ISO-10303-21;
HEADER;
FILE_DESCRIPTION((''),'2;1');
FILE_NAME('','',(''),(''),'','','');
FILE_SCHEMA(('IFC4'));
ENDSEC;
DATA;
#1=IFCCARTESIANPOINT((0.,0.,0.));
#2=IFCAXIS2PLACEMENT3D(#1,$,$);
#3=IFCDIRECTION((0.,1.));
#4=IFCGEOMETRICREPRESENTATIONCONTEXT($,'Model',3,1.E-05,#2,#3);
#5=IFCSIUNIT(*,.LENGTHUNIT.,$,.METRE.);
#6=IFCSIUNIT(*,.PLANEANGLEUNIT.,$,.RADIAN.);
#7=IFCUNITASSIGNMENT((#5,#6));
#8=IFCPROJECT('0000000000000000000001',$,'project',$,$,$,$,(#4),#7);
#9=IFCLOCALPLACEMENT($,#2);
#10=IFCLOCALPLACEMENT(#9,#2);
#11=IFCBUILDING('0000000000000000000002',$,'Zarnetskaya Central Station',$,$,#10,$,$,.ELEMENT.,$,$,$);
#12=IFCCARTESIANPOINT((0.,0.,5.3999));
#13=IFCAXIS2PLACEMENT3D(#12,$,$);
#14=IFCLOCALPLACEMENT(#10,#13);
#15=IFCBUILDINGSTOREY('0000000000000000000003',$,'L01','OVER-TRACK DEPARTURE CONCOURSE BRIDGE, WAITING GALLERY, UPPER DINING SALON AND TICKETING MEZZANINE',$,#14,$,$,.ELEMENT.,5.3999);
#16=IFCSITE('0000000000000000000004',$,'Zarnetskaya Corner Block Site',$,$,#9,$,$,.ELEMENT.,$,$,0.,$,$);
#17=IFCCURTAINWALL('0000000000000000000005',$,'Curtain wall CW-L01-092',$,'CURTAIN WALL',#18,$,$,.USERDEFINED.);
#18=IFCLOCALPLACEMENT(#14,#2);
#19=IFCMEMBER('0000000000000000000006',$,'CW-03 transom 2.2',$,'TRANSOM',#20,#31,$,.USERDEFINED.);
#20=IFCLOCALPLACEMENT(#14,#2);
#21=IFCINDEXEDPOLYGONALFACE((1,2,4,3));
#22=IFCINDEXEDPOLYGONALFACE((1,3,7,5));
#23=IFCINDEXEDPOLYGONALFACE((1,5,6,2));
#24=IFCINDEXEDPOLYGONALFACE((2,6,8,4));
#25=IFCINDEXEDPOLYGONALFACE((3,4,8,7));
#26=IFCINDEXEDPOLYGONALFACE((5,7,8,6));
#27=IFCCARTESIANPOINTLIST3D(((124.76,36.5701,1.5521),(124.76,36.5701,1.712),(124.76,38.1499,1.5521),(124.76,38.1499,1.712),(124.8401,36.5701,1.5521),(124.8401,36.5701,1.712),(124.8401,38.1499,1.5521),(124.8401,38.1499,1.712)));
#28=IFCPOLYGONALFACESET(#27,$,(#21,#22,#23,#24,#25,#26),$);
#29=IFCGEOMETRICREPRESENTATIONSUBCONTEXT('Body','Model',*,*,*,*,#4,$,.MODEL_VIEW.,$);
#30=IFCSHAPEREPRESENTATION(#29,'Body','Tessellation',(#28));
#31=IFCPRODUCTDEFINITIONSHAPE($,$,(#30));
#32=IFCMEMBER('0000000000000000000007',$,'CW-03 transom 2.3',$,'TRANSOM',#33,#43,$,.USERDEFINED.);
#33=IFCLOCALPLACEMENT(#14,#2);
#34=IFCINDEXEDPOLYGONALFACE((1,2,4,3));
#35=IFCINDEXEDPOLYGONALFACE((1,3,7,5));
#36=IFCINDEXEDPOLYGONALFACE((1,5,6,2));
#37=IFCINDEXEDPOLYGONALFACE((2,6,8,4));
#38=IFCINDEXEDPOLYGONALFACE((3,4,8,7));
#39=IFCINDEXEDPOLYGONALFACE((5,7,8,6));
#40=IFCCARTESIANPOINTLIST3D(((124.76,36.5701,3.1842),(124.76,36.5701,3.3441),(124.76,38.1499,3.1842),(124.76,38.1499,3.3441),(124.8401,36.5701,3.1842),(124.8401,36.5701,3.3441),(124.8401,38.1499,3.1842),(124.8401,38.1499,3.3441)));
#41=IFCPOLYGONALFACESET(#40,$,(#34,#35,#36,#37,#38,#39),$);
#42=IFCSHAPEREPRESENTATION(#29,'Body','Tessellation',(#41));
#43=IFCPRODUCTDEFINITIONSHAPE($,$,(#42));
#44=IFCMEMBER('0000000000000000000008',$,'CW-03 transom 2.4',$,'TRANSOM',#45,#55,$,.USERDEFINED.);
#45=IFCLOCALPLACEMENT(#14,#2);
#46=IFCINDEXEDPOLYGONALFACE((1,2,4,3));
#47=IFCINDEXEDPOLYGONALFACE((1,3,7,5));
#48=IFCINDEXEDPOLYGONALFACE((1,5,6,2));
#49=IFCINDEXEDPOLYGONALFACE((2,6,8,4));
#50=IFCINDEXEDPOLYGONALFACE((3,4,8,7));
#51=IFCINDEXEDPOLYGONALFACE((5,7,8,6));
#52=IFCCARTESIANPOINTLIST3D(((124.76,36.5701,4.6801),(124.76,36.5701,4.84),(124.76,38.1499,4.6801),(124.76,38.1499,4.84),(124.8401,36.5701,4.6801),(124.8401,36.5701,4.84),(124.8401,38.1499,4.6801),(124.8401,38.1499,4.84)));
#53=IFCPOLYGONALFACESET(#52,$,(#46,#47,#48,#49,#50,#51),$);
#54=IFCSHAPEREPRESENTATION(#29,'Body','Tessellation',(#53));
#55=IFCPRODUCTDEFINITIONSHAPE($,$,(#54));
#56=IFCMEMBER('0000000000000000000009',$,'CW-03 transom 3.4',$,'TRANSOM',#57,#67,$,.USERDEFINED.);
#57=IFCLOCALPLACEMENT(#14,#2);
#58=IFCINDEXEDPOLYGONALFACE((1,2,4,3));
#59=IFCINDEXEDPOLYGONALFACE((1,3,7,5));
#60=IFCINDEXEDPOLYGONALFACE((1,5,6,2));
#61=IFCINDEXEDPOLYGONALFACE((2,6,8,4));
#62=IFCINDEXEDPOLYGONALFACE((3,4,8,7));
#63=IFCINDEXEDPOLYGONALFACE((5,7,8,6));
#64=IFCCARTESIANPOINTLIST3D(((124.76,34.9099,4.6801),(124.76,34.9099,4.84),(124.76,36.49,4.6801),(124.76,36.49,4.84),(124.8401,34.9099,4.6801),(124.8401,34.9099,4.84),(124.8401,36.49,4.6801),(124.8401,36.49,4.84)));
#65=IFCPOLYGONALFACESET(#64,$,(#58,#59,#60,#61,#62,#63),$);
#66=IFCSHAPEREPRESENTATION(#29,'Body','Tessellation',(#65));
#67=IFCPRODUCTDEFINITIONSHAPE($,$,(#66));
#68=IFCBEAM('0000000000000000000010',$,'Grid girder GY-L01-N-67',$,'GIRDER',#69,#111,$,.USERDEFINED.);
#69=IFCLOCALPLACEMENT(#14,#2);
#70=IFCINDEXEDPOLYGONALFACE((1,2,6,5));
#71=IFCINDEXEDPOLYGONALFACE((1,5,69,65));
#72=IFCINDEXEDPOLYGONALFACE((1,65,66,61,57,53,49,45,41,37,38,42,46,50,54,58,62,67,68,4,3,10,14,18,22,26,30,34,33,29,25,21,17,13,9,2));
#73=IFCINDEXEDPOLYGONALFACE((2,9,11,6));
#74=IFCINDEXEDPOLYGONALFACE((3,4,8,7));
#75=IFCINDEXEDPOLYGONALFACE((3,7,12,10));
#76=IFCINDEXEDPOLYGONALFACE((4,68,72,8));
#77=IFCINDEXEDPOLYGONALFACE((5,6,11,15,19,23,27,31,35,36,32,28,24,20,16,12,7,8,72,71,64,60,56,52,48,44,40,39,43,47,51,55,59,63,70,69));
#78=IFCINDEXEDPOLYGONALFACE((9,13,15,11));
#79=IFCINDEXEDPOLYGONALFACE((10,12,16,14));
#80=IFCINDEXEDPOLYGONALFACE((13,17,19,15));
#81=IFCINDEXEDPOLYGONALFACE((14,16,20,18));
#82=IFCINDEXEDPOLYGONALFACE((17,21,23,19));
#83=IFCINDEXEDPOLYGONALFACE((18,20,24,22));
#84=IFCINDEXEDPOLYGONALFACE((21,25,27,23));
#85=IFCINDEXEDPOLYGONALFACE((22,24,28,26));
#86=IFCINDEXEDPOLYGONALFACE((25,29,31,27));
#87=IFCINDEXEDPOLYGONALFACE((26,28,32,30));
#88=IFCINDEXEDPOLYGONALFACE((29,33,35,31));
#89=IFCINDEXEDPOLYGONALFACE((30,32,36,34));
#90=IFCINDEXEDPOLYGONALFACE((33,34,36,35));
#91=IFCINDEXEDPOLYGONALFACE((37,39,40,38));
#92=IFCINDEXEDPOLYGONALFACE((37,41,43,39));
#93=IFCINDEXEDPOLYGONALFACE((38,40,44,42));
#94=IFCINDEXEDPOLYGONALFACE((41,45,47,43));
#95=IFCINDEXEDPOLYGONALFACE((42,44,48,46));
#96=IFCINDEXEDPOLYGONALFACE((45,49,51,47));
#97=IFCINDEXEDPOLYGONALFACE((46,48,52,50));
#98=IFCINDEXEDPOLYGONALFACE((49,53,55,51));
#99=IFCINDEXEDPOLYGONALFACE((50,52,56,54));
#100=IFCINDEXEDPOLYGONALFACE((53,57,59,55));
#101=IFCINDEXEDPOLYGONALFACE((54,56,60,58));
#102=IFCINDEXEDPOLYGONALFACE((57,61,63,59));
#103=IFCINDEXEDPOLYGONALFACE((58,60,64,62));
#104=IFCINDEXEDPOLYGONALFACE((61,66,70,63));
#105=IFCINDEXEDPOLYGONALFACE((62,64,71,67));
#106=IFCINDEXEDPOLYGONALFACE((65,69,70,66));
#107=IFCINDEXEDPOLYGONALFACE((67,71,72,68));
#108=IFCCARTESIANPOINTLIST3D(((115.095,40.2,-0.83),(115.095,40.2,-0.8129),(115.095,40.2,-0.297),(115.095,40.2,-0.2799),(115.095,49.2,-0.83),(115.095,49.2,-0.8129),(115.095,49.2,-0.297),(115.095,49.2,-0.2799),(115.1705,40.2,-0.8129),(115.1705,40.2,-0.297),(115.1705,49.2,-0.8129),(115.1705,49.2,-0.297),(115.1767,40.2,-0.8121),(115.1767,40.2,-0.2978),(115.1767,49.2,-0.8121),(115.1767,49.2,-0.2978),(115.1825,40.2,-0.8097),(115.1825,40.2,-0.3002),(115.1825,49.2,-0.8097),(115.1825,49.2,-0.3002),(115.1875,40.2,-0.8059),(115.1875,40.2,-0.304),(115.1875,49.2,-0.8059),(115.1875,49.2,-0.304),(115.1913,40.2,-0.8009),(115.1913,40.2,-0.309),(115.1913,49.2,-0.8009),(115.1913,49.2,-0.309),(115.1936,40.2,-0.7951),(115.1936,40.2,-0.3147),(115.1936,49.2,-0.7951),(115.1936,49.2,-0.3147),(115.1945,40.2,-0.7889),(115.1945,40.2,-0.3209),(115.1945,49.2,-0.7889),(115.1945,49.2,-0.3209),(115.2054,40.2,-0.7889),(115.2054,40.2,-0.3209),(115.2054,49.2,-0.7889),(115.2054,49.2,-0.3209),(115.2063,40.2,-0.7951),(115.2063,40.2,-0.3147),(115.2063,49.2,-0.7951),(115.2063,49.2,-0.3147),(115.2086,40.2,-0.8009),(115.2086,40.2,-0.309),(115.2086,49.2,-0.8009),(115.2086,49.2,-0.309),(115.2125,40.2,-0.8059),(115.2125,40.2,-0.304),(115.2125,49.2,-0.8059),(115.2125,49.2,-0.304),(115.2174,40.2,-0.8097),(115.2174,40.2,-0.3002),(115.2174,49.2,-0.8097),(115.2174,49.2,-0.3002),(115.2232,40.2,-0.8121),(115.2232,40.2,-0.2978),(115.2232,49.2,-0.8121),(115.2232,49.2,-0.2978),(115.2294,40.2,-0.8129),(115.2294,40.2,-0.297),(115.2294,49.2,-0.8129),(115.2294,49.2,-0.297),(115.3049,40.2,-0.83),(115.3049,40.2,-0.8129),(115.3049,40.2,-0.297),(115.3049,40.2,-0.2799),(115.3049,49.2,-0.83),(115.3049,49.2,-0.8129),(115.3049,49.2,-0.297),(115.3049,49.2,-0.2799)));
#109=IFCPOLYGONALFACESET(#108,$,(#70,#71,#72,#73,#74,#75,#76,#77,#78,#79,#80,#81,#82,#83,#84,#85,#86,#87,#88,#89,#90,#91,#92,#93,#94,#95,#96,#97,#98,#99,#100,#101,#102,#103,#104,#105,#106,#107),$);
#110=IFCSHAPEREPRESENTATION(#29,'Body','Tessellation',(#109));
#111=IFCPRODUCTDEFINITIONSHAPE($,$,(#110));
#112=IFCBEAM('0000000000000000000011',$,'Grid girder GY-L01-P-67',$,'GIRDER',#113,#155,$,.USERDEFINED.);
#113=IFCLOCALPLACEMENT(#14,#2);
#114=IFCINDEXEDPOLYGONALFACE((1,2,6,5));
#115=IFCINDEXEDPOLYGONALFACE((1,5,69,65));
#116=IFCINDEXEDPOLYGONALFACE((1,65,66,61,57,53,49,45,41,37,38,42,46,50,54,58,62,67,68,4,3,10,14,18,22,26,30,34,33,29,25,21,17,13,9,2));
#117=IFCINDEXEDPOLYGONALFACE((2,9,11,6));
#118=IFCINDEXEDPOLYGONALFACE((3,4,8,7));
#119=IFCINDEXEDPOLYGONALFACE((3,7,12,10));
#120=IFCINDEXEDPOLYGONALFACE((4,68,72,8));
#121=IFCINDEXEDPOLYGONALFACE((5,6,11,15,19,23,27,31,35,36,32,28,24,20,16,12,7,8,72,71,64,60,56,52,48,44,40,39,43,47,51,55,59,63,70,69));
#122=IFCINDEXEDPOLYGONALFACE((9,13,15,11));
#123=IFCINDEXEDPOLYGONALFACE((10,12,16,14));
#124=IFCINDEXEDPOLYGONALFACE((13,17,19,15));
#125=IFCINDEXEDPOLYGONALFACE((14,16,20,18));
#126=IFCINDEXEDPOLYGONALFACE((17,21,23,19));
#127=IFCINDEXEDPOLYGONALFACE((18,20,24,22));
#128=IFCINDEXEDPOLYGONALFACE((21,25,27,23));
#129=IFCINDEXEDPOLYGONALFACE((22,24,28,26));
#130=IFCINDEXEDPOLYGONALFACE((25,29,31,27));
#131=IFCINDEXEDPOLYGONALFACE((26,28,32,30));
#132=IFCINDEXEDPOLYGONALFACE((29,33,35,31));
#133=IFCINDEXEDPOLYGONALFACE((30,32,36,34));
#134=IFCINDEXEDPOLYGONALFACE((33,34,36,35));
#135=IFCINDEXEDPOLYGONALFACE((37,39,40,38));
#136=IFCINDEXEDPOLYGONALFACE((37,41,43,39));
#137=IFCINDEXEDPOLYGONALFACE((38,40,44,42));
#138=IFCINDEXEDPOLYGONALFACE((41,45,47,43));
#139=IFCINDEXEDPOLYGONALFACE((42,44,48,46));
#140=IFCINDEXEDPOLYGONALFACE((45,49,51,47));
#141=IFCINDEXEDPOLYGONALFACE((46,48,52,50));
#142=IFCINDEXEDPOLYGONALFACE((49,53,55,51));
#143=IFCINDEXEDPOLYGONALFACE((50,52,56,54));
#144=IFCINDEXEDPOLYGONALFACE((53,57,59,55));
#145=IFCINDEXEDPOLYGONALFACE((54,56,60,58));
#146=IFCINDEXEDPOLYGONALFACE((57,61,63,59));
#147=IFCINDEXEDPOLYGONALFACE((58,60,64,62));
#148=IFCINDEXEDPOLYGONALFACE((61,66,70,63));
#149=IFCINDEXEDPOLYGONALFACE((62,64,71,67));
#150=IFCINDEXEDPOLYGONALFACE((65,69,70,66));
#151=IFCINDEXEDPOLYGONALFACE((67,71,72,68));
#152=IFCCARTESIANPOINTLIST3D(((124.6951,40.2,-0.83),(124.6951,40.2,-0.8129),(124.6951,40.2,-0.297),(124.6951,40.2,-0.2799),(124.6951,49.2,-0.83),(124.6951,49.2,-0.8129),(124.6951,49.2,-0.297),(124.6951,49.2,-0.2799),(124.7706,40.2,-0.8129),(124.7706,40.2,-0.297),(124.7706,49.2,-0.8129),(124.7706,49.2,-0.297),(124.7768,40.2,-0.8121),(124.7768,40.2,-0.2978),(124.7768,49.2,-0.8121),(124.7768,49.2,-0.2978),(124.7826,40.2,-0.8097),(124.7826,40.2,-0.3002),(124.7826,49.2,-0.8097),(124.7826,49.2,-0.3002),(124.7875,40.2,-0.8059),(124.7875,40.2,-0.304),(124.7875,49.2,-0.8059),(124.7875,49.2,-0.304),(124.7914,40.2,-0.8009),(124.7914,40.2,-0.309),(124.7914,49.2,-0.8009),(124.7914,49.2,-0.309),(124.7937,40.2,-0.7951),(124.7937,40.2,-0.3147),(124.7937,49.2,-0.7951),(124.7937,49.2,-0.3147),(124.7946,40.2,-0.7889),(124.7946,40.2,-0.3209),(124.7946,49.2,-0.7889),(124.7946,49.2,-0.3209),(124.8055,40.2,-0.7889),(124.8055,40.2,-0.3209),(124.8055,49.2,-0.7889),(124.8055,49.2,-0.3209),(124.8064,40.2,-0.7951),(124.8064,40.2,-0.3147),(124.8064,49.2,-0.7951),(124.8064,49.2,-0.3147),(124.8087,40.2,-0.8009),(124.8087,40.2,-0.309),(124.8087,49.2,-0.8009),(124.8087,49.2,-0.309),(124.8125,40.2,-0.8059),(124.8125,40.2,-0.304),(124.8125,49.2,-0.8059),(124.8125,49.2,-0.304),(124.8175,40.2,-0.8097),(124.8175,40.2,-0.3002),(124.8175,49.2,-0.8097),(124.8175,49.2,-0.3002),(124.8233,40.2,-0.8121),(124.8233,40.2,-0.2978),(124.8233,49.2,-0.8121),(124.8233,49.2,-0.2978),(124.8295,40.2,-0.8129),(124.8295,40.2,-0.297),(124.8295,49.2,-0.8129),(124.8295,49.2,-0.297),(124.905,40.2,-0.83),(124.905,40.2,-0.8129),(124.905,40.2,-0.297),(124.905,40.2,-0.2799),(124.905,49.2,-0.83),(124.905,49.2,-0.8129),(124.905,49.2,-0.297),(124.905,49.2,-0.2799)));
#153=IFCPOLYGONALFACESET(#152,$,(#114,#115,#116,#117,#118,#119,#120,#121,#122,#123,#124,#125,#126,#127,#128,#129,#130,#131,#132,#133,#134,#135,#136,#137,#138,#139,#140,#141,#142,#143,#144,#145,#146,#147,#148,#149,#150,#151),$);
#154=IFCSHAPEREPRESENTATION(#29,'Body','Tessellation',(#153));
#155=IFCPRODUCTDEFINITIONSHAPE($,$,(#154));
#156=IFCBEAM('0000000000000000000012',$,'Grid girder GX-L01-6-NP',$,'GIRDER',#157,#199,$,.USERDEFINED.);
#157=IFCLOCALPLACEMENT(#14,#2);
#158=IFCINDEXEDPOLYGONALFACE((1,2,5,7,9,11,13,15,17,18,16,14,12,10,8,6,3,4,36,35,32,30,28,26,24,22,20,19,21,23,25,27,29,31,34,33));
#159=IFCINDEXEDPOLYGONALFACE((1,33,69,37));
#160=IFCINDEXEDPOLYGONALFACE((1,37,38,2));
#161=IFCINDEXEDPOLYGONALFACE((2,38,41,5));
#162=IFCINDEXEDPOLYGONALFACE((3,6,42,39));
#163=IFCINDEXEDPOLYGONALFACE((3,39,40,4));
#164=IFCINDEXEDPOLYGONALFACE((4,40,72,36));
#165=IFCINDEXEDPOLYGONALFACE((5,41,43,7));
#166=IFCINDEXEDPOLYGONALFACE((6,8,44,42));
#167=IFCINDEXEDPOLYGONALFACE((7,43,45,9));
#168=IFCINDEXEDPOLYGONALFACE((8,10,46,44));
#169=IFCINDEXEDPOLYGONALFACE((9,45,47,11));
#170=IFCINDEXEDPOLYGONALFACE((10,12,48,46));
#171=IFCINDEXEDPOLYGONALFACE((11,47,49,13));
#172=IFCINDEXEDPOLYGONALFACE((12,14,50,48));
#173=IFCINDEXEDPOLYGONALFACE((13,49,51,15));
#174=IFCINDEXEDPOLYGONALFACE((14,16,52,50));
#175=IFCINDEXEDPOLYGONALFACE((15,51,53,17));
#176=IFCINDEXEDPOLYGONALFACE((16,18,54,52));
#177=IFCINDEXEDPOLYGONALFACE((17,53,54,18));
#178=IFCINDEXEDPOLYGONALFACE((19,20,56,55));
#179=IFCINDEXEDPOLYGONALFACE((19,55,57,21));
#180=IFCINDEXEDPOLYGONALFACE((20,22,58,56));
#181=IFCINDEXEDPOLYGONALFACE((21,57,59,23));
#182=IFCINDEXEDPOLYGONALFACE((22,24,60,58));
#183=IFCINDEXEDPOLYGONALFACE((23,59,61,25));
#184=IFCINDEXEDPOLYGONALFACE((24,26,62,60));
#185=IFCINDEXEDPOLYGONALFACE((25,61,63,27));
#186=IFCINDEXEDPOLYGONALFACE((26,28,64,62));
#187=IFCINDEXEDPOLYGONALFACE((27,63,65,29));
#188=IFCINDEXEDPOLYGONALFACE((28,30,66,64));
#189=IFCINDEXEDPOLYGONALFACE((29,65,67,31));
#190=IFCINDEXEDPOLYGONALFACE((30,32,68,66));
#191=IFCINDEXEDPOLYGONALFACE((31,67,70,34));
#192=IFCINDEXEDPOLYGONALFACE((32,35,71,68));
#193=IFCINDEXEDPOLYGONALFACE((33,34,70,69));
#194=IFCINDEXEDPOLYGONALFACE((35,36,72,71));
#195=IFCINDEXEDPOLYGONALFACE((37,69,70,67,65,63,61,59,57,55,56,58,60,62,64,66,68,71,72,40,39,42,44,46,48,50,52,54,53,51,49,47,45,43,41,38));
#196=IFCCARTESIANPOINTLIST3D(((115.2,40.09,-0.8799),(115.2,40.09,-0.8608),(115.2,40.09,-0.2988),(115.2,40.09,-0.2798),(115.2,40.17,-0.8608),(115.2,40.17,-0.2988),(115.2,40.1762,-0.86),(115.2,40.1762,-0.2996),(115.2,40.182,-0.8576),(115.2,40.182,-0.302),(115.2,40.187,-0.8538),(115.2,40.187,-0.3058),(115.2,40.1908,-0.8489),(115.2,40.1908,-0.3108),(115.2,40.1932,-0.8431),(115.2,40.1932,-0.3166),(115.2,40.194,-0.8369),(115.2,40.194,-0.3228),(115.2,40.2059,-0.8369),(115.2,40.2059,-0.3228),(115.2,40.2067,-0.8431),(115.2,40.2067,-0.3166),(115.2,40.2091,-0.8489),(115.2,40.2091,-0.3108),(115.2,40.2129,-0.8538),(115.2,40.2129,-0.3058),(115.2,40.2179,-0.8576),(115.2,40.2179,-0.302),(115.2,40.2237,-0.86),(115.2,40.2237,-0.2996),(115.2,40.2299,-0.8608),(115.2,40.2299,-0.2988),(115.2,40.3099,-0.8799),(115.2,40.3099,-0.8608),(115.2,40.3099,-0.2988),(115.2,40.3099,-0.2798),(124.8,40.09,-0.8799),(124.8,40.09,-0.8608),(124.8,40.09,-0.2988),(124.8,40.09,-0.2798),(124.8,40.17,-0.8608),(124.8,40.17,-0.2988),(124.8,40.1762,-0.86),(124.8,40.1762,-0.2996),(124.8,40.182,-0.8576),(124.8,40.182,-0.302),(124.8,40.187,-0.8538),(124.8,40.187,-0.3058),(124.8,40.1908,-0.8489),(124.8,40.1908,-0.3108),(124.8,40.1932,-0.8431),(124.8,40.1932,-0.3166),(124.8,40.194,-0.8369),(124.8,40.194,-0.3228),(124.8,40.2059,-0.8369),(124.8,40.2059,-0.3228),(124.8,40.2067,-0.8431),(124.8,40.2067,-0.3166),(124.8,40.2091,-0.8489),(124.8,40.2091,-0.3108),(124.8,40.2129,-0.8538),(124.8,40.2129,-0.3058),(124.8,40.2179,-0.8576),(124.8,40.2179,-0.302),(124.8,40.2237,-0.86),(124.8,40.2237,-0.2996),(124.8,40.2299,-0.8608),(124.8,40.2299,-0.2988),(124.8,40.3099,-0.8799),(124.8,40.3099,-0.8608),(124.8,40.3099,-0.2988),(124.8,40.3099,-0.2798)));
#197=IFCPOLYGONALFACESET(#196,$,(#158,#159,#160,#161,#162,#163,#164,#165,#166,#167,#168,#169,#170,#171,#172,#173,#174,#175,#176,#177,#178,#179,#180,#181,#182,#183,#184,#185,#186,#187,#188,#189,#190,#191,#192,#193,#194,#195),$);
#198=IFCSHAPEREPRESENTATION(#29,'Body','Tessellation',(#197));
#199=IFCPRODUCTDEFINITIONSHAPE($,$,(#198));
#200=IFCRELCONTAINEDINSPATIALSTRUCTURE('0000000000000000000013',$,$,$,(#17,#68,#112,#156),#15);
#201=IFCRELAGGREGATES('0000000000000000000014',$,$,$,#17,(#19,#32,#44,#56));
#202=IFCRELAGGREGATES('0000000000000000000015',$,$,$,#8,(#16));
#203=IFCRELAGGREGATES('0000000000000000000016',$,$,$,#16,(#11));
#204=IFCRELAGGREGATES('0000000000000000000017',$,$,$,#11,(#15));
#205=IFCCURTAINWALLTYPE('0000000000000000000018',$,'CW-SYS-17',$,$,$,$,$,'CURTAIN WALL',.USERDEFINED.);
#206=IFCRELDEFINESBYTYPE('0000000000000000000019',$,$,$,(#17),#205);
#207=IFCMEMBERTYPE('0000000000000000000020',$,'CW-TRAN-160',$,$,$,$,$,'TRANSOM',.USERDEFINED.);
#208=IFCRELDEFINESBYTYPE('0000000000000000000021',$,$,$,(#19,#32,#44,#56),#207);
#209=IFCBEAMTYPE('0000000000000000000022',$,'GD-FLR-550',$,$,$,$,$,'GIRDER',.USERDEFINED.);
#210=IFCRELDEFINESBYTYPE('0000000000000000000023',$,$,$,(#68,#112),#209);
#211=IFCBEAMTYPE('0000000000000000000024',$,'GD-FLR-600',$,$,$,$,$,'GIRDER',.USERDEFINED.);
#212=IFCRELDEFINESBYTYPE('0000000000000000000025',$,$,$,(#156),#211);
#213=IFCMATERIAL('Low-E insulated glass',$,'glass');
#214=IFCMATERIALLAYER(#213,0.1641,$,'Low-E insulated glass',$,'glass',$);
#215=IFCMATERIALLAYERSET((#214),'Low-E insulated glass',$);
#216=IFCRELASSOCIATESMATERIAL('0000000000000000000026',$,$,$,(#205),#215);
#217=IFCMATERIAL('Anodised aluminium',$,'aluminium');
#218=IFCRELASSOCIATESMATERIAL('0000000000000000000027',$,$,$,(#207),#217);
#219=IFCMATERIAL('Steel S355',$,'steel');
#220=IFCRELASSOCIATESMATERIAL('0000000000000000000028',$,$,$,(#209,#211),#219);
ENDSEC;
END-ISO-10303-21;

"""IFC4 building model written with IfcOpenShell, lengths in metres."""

from ifc_helpers import new_model, si_unit, direction, frame, origin, origin_2d, place, context, subcontext, project, spatial, rectangle, i_section, extrude, material, layer, layer_set, material_profile, profile_set, type_object, element, aggregate, save


model = new_model("IFC4")

# Units and contexts
model_context = context("Model", 3, precision=1e-05, world=origin(), true_north=direction((0.0, 1.0)))
body_context = subcontext(model_context, "Body", "Model", "MODEL_VIEW")
ifc_project = project(units=[si_unit("LENGTHUNIT", "METRE"), si_unit("PLANEANGLEUNIT", "RADIAN")], contexts=[model_context])

# Site, building, storey
site_placement = place(None, origin())
site = spatial("IfcSite", under=ifc_project, at=site_placement, Name="Zarnetskaya Corner Block Site", CompositionType="ELEMENT", RefElevation=0.0)
building_placement = place(site_placement, origin())
building = spatial("IfcBuilding", under=site, at=building_placement, Name="Zarnetskaya Central Station", CompositionType="ELEMENT")
storey_placement = place(building_placement, frame((0.0, 0.0, 5.3999)))
storey = spatial("IfcBuildingStorey", under=building, at=storey_placement, Name="L01", Description="OVER-TRACK DEPARTURE CONCOURSE BRIDGE, WAITING GALLERY, UPPER DINING SALON AND TICKETING MEZZANINE", CompositionType="ELEMENT", Elevation=5.3999)

# Shared definitions
ifc_material_1 = material(Name="Steel S355", Category="steel")

# Shared definitions
ifc_material_2 = material(Name="Low-E insulated glass", Category="glass")
ifc_layer_1 = layer(ifc_material_2, 0.1641, Name="Low-E insulated glass", Category="glass")
ifc_layer_set_1 = layer_set([ifc_layer_1], Name="Low-E insulated glass")
curtain_wall_type = type_object("IfcCurtainWallType", Name="CW-SYS-17", ElementType="CURTAIN WALL", PredefinedType="USERDEFINED", material=ifc_layer_set_1)
ifc_material_3 = material(Name="Anodised aluminium", Category="aluminium")

# Curtain wall, members
curtain_wall_1_placement = place(storey_placement, origin())
curtain_wall_1 = element("IfcCurtainWall", 1, at=curtain_wall_1_placement, inside=storey, type_object=curtain_wall_type, Name="Curtain wall CW-L01-092", ObjectType="CURTAIN WALL", PredefinedType="USERDEFINED")
ifc_material_profile_1 = material_profile(ifc_material_3, rectangle(XDim=0.0801, YDim=0.1599, at=origin_2d()), Name="ALU TRAN 80x160")
ifc_profile_set_1 = profile_set([ifc_material_profile_1], Name="Anodised aluminium")
member_type_1 = type_object("IfcMemberType", Name="CW-TRAN-160", ElementType="TRANSOM", PredefinedType="USERDEFINED", material=ifc_profile_set_1)
member_1_placement = place(storey_placement, frame((124.8, 38.1499, 1.6321), z_axis=(0.0, -1.0, 0.0), x_axis=(1.0, 0.0, 0.0)))
member_1 = element("IfcMember", 2, at=member_1_placement, type_object=member_type_1, Name="CW-03 transom 2.2", ObjectType="TRANSOM", PredefinedType="USERDEFINED", context=body_context, shape_type="SweptSolid", body=[
    extrude(rectangle(XDim=0.0801, YDim=0.1599, at=origin_2d()), origin(), (0.0, 0.0, 1.0), 1.5798),
])
member_2_placement = place(storey_placement, frame((124.8, 38.1499, 3.2642), z_axis=(0.0, -1.0, 0.0), x_axis=(1.0, 0.0, 0.0)))
member_2 = element("IfcMember", 3, at=member_2_placement, type_object=member_type_1, Name="CW-03 transom 2.3", ObjectType="TRANSOM", PredefinedType="USERDEFINED", context=body_context, shape_type="SweptSolid", body=[
    extrude(rectangle(XDim=0.0801, YDim=0.1599, at=origin_2d()), origin(), (0.0, 0.0, 1.0), 1.5798),
])
member_3_placement = place(storey_placement, frame((124.8, 38.1499, 4.76), z_axis=(0.0, -1.0, 0.0), x_axis=(1.0, 0.0, 0.0)))
member_3 = element("IfcMember", 4, at=member_3_placement, type_object=member_type_1, Name="CW-03 transom 2.4", ObjectType="TRANSOM", PredefinedType="USERDEFINED", context=body_context, shape_type="SweptSolid", body=[
    extrude(rectangle(XDim=0.0801, YDim=0.1599, at=origin_2d()), origin(), (0.0, 0.0, 1.0), 1.5798),
])
member_4_placement = place(storey_placement, frame((124.8, 36.49, 4.76), z_axis=(0.0, -1.0, 0.0), x_axis=(1.0, 0.0, 0.0)))
member_4 = element("IfcMember", 5, at=member_4_placement, type_object=member_type_1, Name="CW-03 transom 3.4", ObjectType="TRANSOM", PredefinedType="USERDEFINED", context=body_context, shape_type="SweptSolid", body=[
    extrude(rectangle(XDim=0.0801, YDim=0.1599, at=origin_2d()), origin(), (0.0, 0.0, 1.0), 1.5801),
])

# Beams
ifc_material_profile_2 = material_profile(ifc_material_1, i_section(OverallWidth=0.21, OverallDepth=0.55, WebThickness=0.011, FlangeThickness=0.0171, FilletRadius=0.0239, at=origin_2d()), Name="IPE 550")
ifc_profile_set_2 = profile_set([ifc_material_profile_2], Name="Steel S355")
beam_type_1 = type_object("IfcBeamType", Name="GD-FLR-550", ElementType="GIRDER", PredefinedType="USERDEFINED", material=ifc_profile_set_2)
for number, where, z_axis, x_axis, name in (
    (6, (115.2, 40.2, -0.5549), (0.0, 1.0, 0.0), (-1.0, 0.0, 0.0), "Grid girder GY-L01-N-67"),
    (7, (124.8, 40.2, -0.5549), (0.0, 1.0, 0.0), (-1.0, 0.0, 0.0), "Grid girder GY-L01-P-67"),
):
    element("IfcBeam", number, at=place(storey_placement, frame(where, z_axis=z_axis, x_axis=x_axis)), inside=storey, type_object=beam_type_1, Name=name, ObjectType="GIRDER", PredefinedType="USERDEFINED", context=body_context, shape_type="SweptSolid", body=[
        extrude(i_section(OverallWidth=0.21, OverallDepth=0.55, WebThickness=0.011, FlangeThickness=0.0171, FilletRadius=0.0239, at=origin_2d()), origin(), (0.0, 0.0, 1.0), 9.0),
    ])
ifc_material_profile_3 = material_profile(ifc_material_1, i_section(OverallWidth=0.22, OverallDepth=0.6001, WebThickness=0.012, FlangeThickness=0.019, FilletRadius=0.0239, at=origin_2d()), Name="IPE 600")
ifc_profile_set_3 = profile_set([ifc_material_profile_3], Name="Steel S355")
beam_type_2 = type_object("IfcBeamType", Name="GD-FLR-600", ElementType="GIRDER", PredefinedType="USERDEFINED", material=ifc_profile_set_3)
beam_1_placement = place(storey_placement, frame((115.2, 40.2, -0.5798), z_axis=(1.0, 0.0, 0.0), x_axis=(0.0, 1.0, 0.0)))
element("IfcBeam", 8, at=beam_1_placement, inside=storey, type_object=beam_type_2, Name="Grid girder GX-L01-6-NP", ObjectType="GIRDER", PredefinedType="USERDEFINED", context=body_context, shape_type="SweptSolid", body=[
    extrude(i_section(OverallWidth=0.22, OverallDepth=0.6001, WebThickness=0.012, FlangeThickness=0.019, FilletRadius=0.0239, at=origin_2d()), origin(), (0.0, 0.0, 1.0), 9.6001),
])

aggregate(curtain_wall_1, [member_1, member_2, member_3, member_4])

save(model, "model.ifc")
